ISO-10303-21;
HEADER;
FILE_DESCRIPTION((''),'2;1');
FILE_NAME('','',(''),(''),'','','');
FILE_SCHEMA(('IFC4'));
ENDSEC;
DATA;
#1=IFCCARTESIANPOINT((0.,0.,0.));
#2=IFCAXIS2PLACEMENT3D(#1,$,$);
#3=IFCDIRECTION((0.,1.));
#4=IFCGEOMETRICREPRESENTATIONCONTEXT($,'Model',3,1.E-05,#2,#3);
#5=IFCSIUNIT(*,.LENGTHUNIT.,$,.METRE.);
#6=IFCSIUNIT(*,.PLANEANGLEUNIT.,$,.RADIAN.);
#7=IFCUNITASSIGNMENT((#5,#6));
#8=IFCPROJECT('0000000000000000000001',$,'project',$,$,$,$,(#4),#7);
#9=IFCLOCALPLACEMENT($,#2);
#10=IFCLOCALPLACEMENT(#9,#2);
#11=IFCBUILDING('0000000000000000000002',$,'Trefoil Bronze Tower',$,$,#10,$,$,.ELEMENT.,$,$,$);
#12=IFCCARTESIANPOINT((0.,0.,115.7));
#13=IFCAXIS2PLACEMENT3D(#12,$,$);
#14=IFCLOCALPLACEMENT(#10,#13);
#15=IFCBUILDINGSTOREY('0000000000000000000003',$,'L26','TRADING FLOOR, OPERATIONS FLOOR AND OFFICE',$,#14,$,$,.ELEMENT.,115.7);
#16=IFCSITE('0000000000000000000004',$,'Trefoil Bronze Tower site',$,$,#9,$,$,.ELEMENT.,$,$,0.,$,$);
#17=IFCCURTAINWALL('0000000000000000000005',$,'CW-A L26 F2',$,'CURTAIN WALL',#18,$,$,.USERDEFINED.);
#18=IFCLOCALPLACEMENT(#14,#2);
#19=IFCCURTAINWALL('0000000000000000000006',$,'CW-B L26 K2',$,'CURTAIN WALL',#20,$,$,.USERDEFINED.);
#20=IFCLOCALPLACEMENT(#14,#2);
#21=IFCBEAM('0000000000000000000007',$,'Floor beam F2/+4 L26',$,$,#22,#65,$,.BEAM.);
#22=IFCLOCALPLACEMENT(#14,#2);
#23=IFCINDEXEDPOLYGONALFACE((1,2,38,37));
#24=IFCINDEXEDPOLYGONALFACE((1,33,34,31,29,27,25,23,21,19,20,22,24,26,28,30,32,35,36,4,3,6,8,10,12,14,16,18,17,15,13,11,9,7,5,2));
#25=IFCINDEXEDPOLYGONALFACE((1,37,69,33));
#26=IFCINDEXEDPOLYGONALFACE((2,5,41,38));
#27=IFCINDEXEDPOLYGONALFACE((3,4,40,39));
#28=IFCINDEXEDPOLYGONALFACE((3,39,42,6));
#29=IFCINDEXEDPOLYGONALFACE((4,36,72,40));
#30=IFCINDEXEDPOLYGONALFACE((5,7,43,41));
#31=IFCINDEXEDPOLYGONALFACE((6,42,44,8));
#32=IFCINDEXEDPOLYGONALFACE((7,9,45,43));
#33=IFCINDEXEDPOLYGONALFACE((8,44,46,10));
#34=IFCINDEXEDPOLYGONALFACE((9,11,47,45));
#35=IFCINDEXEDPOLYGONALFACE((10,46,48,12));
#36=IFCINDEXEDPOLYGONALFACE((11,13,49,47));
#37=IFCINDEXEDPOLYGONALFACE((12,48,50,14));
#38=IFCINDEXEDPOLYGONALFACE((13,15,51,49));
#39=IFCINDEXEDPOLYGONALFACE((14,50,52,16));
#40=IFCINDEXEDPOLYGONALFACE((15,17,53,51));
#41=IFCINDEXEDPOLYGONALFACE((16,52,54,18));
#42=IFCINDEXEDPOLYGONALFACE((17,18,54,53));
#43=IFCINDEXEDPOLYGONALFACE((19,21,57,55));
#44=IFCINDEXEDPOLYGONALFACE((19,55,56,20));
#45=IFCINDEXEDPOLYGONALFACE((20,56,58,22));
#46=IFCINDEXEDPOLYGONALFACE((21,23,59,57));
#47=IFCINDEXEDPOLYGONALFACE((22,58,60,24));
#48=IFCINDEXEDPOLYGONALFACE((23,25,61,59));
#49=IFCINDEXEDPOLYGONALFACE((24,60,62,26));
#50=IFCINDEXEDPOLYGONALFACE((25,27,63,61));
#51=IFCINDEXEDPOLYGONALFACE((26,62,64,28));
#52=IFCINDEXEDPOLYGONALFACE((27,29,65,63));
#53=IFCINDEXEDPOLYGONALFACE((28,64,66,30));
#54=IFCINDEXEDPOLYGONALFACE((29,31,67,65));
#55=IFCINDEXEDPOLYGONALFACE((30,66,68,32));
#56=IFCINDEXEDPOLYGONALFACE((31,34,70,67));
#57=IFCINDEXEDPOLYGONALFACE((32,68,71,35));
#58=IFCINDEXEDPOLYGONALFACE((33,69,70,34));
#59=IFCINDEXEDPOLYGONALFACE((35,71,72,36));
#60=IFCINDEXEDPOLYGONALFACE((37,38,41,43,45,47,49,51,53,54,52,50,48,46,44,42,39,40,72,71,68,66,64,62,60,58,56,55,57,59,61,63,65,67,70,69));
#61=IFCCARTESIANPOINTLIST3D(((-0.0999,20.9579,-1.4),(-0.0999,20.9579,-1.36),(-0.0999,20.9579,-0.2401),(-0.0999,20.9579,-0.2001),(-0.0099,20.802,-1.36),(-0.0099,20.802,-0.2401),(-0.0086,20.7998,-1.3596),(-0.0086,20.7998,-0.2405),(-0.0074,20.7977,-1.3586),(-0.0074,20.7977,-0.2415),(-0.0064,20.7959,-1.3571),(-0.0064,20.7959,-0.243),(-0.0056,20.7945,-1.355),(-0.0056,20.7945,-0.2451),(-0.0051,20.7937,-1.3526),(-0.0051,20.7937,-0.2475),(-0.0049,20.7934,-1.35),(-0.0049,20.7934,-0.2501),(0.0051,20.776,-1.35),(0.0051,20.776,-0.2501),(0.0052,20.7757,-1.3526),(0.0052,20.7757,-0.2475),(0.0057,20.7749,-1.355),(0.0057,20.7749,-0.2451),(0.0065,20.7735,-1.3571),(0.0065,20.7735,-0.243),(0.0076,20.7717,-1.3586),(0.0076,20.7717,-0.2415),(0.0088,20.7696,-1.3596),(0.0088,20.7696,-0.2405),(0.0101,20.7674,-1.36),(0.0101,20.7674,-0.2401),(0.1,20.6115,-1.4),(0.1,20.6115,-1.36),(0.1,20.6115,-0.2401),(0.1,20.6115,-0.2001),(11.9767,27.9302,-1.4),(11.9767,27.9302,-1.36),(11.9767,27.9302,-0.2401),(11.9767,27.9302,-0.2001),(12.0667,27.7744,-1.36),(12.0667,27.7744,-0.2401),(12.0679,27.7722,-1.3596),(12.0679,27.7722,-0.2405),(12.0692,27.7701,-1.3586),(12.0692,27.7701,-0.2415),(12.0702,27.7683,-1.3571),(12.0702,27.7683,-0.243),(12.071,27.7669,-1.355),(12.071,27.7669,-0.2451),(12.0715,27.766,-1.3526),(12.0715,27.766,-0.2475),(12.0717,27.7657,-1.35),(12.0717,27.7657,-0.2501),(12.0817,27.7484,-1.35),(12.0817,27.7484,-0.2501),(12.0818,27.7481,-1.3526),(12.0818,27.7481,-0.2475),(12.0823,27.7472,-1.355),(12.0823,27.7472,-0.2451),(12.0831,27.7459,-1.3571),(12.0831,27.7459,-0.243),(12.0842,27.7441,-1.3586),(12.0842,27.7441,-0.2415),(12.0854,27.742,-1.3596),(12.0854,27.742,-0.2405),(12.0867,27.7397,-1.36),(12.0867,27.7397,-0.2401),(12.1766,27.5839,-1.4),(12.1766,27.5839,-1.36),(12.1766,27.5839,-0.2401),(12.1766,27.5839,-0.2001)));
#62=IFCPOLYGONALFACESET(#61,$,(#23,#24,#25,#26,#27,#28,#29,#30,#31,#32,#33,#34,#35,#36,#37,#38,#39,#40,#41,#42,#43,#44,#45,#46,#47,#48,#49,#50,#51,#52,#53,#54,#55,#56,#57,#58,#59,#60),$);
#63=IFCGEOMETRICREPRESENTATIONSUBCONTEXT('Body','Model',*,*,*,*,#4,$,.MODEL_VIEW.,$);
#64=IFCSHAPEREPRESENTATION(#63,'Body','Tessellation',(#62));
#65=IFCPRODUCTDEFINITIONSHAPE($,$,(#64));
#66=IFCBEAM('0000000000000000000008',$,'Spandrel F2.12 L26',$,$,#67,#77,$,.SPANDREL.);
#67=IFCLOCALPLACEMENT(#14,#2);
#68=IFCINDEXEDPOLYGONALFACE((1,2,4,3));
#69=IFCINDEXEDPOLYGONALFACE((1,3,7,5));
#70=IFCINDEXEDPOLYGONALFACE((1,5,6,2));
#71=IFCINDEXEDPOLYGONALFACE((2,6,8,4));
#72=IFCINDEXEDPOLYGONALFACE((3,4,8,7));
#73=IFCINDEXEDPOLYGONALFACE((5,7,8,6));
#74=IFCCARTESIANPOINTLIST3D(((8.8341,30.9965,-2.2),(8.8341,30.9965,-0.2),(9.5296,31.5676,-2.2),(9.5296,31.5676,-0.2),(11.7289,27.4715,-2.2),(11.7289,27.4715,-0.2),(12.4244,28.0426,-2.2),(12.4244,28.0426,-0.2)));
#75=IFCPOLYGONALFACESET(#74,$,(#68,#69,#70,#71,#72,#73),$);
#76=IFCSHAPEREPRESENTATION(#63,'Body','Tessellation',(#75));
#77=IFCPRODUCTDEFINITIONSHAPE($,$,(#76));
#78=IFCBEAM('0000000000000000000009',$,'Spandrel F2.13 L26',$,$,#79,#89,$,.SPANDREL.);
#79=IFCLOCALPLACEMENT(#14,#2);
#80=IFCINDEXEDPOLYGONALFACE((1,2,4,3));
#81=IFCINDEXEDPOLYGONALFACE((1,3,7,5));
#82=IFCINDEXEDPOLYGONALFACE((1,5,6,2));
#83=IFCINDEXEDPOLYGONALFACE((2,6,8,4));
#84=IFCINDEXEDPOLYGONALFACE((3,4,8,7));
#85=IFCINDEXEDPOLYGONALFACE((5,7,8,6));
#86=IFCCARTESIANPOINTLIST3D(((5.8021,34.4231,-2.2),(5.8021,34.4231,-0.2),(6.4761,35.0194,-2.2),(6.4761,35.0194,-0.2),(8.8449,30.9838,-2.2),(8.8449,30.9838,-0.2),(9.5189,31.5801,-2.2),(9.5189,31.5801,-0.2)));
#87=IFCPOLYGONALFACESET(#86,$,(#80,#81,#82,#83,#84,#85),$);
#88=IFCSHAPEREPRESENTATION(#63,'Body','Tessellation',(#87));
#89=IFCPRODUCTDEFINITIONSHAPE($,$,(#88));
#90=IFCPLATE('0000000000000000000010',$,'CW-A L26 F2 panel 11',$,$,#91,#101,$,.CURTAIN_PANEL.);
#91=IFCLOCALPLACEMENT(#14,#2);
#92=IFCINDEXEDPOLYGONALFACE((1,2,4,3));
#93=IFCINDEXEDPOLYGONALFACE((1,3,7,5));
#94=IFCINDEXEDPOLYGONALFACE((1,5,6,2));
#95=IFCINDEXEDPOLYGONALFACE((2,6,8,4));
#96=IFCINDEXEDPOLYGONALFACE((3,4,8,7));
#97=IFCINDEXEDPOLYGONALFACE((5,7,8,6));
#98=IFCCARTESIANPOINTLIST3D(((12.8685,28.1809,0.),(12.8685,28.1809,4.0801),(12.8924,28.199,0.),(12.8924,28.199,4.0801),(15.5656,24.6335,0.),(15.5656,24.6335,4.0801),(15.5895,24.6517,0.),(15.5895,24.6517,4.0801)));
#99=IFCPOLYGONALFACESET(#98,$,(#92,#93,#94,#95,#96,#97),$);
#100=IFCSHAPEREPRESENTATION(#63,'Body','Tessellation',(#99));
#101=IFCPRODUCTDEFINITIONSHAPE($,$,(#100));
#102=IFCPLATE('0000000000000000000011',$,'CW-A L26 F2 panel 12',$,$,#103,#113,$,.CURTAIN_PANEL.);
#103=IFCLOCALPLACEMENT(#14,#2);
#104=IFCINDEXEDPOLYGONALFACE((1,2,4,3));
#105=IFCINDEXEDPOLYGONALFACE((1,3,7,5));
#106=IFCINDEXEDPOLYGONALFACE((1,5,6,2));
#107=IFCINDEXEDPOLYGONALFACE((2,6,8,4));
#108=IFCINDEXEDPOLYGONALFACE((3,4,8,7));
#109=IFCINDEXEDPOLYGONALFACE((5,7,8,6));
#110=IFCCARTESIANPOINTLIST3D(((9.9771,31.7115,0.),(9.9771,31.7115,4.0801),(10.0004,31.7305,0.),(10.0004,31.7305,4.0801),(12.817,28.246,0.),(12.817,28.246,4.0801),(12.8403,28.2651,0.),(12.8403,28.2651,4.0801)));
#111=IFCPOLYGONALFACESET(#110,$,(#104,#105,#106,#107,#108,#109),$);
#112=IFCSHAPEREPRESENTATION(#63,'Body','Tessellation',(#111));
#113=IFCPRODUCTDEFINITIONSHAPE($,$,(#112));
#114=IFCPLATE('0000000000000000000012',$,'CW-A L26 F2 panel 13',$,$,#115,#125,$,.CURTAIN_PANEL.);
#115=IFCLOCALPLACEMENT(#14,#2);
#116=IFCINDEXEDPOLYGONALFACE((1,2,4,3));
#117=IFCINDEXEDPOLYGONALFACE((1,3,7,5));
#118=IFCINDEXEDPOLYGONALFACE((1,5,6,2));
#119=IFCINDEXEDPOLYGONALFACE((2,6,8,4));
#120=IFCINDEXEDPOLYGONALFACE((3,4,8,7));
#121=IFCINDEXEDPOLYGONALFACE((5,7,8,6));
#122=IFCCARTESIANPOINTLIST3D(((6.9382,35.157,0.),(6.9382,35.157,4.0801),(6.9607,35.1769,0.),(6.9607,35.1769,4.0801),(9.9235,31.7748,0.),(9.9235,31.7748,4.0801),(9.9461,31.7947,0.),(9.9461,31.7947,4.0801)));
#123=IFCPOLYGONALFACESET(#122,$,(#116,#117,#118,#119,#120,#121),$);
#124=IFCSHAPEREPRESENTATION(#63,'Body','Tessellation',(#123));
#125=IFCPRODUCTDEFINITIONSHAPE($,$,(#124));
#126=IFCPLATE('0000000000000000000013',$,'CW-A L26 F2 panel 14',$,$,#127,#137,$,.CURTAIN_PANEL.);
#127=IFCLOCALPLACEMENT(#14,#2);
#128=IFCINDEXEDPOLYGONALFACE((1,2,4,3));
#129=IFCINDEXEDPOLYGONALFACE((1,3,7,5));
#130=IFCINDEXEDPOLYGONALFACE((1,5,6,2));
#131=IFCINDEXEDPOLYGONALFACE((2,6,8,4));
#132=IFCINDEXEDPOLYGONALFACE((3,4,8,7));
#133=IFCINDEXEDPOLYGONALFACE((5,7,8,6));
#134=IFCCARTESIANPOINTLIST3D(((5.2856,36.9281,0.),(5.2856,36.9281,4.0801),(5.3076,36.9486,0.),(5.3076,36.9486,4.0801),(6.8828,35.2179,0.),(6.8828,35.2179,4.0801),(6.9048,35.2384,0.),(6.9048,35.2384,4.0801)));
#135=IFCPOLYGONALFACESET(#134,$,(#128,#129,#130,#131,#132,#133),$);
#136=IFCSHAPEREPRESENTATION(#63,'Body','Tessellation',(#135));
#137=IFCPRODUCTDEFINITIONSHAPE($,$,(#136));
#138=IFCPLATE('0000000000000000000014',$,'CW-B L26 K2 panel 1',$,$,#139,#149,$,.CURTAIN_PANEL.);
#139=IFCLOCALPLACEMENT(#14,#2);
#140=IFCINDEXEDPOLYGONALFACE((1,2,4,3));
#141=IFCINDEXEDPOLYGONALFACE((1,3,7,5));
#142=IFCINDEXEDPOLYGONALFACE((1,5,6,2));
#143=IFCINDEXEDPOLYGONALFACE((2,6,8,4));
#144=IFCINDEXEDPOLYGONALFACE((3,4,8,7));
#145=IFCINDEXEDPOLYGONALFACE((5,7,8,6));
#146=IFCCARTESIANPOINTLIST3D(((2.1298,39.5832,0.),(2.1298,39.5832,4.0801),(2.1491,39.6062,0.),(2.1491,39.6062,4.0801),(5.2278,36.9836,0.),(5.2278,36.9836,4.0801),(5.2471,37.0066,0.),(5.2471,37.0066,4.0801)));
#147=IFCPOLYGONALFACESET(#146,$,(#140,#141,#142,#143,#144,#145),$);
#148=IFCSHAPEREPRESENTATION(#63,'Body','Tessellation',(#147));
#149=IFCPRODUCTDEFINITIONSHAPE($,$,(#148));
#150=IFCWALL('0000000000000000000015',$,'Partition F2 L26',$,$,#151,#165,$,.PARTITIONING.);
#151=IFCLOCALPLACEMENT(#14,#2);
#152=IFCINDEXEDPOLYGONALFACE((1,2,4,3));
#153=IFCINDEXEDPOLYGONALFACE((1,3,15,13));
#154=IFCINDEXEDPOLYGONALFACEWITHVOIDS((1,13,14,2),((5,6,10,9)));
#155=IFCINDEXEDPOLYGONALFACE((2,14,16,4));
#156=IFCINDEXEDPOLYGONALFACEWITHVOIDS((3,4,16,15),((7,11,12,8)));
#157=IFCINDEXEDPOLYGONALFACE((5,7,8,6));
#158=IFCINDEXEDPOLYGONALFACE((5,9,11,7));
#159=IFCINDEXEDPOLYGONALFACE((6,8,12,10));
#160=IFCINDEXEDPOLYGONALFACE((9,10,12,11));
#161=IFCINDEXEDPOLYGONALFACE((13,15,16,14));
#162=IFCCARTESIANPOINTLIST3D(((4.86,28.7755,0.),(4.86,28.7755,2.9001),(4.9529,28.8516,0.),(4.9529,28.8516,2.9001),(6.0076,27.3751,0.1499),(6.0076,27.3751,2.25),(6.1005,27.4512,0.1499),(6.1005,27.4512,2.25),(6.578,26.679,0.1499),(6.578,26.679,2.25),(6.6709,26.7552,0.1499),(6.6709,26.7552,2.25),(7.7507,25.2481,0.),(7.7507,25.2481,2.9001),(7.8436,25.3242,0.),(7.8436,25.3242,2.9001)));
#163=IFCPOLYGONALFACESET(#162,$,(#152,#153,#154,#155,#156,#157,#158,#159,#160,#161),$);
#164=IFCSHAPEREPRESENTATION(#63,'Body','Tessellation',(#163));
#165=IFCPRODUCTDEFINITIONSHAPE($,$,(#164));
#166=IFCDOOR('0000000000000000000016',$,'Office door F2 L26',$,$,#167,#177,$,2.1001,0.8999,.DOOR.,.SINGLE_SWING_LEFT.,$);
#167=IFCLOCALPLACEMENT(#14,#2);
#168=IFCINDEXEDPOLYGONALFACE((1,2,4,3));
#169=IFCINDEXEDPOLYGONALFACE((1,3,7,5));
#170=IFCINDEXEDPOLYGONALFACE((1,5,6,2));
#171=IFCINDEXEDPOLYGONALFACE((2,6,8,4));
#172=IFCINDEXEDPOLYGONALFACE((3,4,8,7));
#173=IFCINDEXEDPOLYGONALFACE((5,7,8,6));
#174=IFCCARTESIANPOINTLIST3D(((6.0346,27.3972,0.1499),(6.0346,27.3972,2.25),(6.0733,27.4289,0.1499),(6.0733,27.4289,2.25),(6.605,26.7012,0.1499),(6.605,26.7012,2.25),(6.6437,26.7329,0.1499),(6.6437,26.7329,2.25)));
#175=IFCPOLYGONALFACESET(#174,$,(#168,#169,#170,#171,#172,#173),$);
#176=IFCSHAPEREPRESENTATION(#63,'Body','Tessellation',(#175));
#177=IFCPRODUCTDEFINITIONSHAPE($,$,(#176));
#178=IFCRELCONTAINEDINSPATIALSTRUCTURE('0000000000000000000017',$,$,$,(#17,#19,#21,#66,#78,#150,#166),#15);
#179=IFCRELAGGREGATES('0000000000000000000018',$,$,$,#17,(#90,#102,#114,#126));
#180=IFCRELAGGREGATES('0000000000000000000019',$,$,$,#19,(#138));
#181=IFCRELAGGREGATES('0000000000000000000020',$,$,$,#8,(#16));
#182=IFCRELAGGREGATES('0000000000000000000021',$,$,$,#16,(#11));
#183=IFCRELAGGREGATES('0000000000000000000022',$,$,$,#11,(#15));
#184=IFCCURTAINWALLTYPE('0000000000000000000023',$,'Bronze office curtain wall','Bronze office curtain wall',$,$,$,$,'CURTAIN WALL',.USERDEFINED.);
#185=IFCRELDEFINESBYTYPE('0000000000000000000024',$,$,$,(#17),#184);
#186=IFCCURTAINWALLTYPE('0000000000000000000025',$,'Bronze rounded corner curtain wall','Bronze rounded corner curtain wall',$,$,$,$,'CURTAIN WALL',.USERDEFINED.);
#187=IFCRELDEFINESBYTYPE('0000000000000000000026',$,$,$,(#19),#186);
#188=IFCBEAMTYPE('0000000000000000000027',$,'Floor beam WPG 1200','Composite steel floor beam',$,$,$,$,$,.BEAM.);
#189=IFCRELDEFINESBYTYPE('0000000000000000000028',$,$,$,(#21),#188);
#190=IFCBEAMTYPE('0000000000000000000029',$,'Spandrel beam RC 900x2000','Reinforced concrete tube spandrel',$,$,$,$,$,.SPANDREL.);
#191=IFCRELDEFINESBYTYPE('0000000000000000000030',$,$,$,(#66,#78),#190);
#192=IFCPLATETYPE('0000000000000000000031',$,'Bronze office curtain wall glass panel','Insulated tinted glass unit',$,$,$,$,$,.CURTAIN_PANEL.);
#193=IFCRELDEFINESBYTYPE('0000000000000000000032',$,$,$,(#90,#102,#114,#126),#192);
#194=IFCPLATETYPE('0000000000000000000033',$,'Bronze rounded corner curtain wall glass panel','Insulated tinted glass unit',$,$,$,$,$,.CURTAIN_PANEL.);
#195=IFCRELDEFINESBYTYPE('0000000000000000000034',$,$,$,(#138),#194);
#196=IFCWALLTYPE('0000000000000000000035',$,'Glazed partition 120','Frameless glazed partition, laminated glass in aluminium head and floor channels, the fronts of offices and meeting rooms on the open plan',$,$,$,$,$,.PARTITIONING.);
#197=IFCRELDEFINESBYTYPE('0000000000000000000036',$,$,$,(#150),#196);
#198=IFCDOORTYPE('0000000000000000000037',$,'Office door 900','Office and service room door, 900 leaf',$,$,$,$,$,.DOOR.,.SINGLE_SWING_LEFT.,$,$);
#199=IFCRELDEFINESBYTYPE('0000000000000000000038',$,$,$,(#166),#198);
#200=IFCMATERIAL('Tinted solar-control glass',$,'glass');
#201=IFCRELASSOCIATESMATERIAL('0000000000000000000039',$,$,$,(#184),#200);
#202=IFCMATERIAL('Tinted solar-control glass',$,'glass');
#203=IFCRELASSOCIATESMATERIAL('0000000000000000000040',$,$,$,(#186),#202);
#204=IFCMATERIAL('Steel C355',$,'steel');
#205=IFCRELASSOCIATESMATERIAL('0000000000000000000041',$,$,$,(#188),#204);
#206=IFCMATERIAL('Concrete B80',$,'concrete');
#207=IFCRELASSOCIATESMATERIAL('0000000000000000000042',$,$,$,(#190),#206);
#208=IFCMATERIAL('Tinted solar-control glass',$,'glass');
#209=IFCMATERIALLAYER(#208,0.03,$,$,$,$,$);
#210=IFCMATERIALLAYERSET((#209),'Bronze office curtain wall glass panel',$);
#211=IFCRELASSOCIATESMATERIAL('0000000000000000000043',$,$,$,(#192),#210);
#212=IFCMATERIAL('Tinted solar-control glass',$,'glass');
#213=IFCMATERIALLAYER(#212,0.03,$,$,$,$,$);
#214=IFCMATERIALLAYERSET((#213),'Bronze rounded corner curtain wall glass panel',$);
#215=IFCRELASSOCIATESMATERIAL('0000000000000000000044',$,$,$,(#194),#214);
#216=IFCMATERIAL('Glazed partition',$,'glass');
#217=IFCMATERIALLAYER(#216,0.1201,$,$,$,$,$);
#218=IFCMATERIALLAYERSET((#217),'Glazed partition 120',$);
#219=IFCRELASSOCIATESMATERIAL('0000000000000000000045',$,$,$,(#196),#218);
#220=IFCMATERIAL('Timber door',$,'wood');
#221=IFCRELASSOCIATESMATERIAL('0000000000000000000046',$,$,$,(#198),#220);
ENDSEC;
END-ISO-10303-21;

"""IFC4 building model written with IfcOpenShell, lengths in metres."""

from ifc_helpers import new_model, si_unit, direction, frame, frame_2d, origin, origin_2d, place, context, subcontext, project, spatial, rectangle, i_section, extrude, material, layer, layer_set, material_profile, profile_set, type_object, element, fill, aggregate, save


model = new_model("IFC4")

# Units and contexts
model_context = context("Model", 3, precision=1e-05, world=origin(), true_north=direction((0.0, 1.0)))
body_context = subcontext(model_context, "Body", "Model", "MODEL_VIEW")
ifc_project = project(units=[si_unit("LENGTHUNIT", "METRE"), si_unit("PLANEANGLEUNIT", "RADIAN")], contexts=[model_context])

# Site, building, storey
site_placement = place(None, origin())
site = spatial("IfcSite", under=ifc_project, at=site_placement, Name="Trefoil Bronze Tower site", CompositionType="ELEMENT", RefElevation=0.0)
building_placement = place(site_placement, origin())
building = spatial("IfcBuilding", under=site, at=building_placement, Name="Trefoil Bronze Tower", CompositionType="ELEMENT")
storey_placement = place(building_placement, frame((0.0, 0.0, 115.7)))
storey = spatial("IfcBuildingStorey", under=building, at=storey_placement, Name="L26", Description="TRADING FLOOR, OPERATIONS FLOOR AND OFFICE", CompositionType="ELEMENT", Elevation=115.7)

# Curtain walls
ifc_material_1 = material(Name="Tinted solar-control glass", Category="glass")
curtain_wall_type_1 = type_object("IfcCurtainWallType", Name="Bronze office curtain wall", Description="Bronze office curtain wall", ElementType="CURTAIN WALL", PredefinedType="USERDEFINED", material=ifc_material_1)
curtain_wall_1_placement = place(storey_placement, origin())
curtain_wall_1 = element("IfcCurtainWall", 1, at=curtain_wall_1_placement, inside=storey, type_object=curtain_wall_type_1, Name="CW-A L26 F2", ObjectType="CURTAIN WALL", PredefinedType="USERDEFINED")
ifc_material_2 = material(Name="Tinted solar-control glass", Category="glass")
curtain_wall_type_2 = type_object("IfcCurtainWallType", Name="Bronze rounded corner curtain wall", Description="Bronze rounded corner curtain wall", ElementType="CURTAIN WALL", PredefinedType="USERDEFINED", material=ifc_material_2)
curtain_wall_2_placement = place(storey_placement, origin())
curtain_wall_2 = element("IfcCurtainWall", 2, at=curtain_wall_2_placement, inside=storey, type_object=curtain_wall_type_2, Name="CW-B L26 K2", ObjectType="CURTAIN WALL", PredefinedType="USERDEFINED")

# Beams
ifc_material_3 = material(Name="Steel C355", Category="steel")
ifc_material_profile_1 = material_profile(ifc_material_3, i_section(OverallWidth=0.3999, OverallDepth=1.2, WebThickness=0.02, FlangeThickness=0.04, FilletRadius=0.01, at=origin_2d()), Name="WPG 1200")
ifc_profile_set_1 = profile_set([ifc_material_profile_1], Name="Steel C355")
beam_type_1 = type_object("IfcBeamType", Name="Floor beam WPG 1200", Description="Composite steel floor beam", PredefinedType="BEAM", material=ifc_profile_set_1)
beam_1_placement = place(storey_placement, frame((12.0767, 27.7571, -0.8), z_axis=(-0.866027, -0.499997, 0.0), x_axis=(0.499997, -0.866027, 0.0)))
element("IfcBeam", 3, at=beam_1_placement, inside=storey, type_object=beam_type_1, Name="Floor beam F2/+4 L26", PredefinedType="BEAM", context=body_context, shape_type="SweptSolid", body=[
    extrude(i_section(OverallWidth=0.3999, OverallDepth=1.2, WebThickness=0.02, FlangeThickness=0.04, FilletRadius=0.01, at=origin_2d()), origin(), (0.0, 0.0, 1.0), 13.9448),
])
ifc_material_4 = material(Name="Concrete B80", Category="concrete")
ifc_material_profile_2 = material_profile(ifc_material_4, rectangle(XDim=0.8999, YDim=2.0, at=origin_2d()), Name="RC 900x2000")
ifc_profile_set_2 = profile_set([ifc_material_profile_2], Name="Concrete B80")
beam_type_2 = type_object("IfcBeamType", Name="Spandrel beam RC 900x2000", Description="Reinforced concrete tube spandrel", PredefinedType="SPANDREL", material=ifc_profile_set_2)
beam_2_placement = place(storey_placement, frame((12.0767, 27.7571, -1.2), z_axis=(-0.63465, 0.772799, 0.0), x_axis=(-0.772799, -0.63465, 0.0)))
element("IfcBeam", 4, at=beam_2_placement, inside=storey, type_object=beam_type_2, Name="Spandrel F2.12 L26", PredefinedType="SPANDREL", context=body_context, shape_type="SweptSolid", body=[
    extrude(rectangle(XDim=0.8999, YDim=2.0, at=origin_2d()), origin(), (0.0, 0.0, 1.0), 4.5613),
])
beam_3_placement = place(storey_placement, frame((9.1819, 31.282, -1.2), z_axis=(-0.662616, 0.748959, 0.0), x_axis=(-0.748959, -0.662616, 0.0)))
element("IfcBeam", 5, at=beam_3_placement, inside=storey, type_object=beam_type_2, Name="Spandrel F2.13 L26", PredefinedType="SPANDREL", context=body_context, shape_type="SweptSolid", body=[
    extrude(rectangle(XDim=0.8999, YDim=2.0, at=origin_2d()), origin(), (0.0, 0.0, 1.0), 4.592),
])

# Plates
ifc_material_5 = material(Name="Tinted solar-control glass", Category="glass")
ifc_layer_1 = layer(ifc_material_5, 0.03)
ifc_layer_set_1 = layer_set([ifc_layer_1], Name="Bronze office curtain wall glass panel")
plate_type_1 = type_object("IfcPlateType", Name="Bronze office curtain wall glass panel", Description="Insulated tinted glass unit", PredefinedType="CURTAIN_PANEL", material=ifc_layer_set_1)
plate_1_placement = place(storey_placement, frame((14.229, 26.4163, 0.0), z_axis=(0.0, 0.0, 1.0), x_axis=(-0.605252, 0.796034, 0.0)))
plate_1 = element("IfcPlate", 6, at=plate_1_placement, type_object=plate_type_1, Name="CW-A L26 F2 panel 11", PredefinedType="CURTAIN_PANEL", context=body_context, shape_type="SweptSolid", body=[
    extrude(rectangle(XDim=4.4563, YDim=0.03, at=origin_2d()), origin(), (0.0, 0.0, 1.0), 4.0801),
])
plate_2_placement = place(storey_placement, frame((11.4087, 29.9883, 0.0), z_axis=(0.0, 0.0, 1.0), x_axis=(-0.63384, 0.773464, 0.0)))
plate_2 = element("IfcPlate", 7, at=plate_2_placement, type_object=plate_type_1, Name="CW-A L26 F2 panel 12", PredefinedType="CURTAIN_PANEL", context=body_context, shape_type="SweptSolid", body=[
    extrude(rectangle(XDim=4.4805, YDim=0.03, at=origin_2d()), origin(), (0.0, 0.0, 1.0), 4.0801),
])
plate_3_placement = place(storey_placement, frame((8.4421, 33.4758, 0.0), z_axis=(0.0, 0.0, 1.0), x_axis=(-0.661751, 0.749723, 0.0)))
plate_3 = element("IfcPlate", 8, at=plate_3_placement, type_object=plate_type_1, Name="CW-A L26 F2 panel 13", PredefinedType="CURTAIN_PANEL", context=body_context, shape_type="SweptSolid", body=[
    extrude(rectangle(XDim=4.5112, YDim=0.03, at=origin_2d()), origin(), (0.0, 0.0, 1.0), 4.0801),
])
plate_4_placement = place(storey_placement, frame((6.0952, 36.0833, 0.0), z_axis=(0.0, 0.0, 1.0), x_axis=(-0.682536, 0.730852, 0.0)))
plate_4 = element("IfcPlate", 9, at=plate_4_placement, type_object=plate_type_1, Name="CW-A L26 F2 panel 14", PredefinedType="CURTAIN_PANEL", context=body_context, shape_type="SweptSolid", body=[
    extrude(rectangle(XDim=2.3401, YDim=0.03, at=origin_2d()), origin(), (0.0, 0.0, 1.0), 4.0801),
])
aggregate(curtain_wall_1, [plate_1, plate_2, plate_3, plate_4])
ifc_material_6 = material(Name="Tinted solar-control glass", Category="glass")
ifc_layer_2 = layer(ifc_material_6, 0.03)
ifc_layer_set_2 = layer_set([ifc_layer_2], Name="Bronze rounded corner curtain wall glass panel")
plate_type_2 = type_object("IfcPlateType", Name="Bronze rounded corner curtain wall glass panel", Description="Insulated tinted glass unit", PredefinedType="CURTAIN_PANEL", material=ifc_layer_set_2)
plate_5_placement = place(storey_placement, frame((3.6885, 38.2949, 0.0), z_axis=(0.0, 0.0, 1.0), x_axis=(-0.766044, 0.642788, 0.0)))
plate_5 = element("IfcPlate", 10, at=plate_5_placement, type_object=plate_type_2, Name="CW-B L26 K2 panel 1", PredefinedType="CURTAIN_PANEL", context=body_context, shape_type="SweptSolid", body=[
    extrude(rectangle(XDim=4.0442, YDim=0.03, at=origin_2d()), origin(), (0.0, 0.0, 1.0), 4.0801),
])
aggregate(curtain_wall_2, [plate_5])

# Wall, opening, door
ifc_material_7 = material(Name="Glazed partition", Category="glass")
ifc_layer_3 = layer(ifc_material_7, 0.1201)
ifc_layer_set_3 = layer_set([ifc_layer_3], Name="Glazed partition 120")
wall_type_1 = type_object("IfcWallType", Name="Glazed partition 120", Description="Frameless glazed partition, laminated glass in aluminium head and floor channels, the fronts of offices and meeting rooms on the open plan", PredefinedType="PARTITIONING", material=ifc_layer_set_3)
wall_1_placement = place(storey_placement, frame((7.7971, 25.2861, 0.0), z_axis=(0.0, 0.0, 1.0), x_axis=(-0.633844, 0.773461, 0.0)))
wall_1 = element("IfcWall", 11, at=wall_1_placement, inside=storey, type_object=wall_type_1, Name="Partition F2 L26", PredefinedType="PARTITIONING", context=body_context, shape_type="SweptSolid", body=[
    extrude(rectangle(XDim=4.5605, YDim=0.1201, at=frame_2d((2.2803, 0.0))), origin(), (0.0, 0.0, 1.0), 2.9001),
])
opening_placement = place(wall_1_placement, frame((1.8501, 0.0, 0.1499)))
opening = element("IfcOpeningElement", 12, at=opening_placement, cuts=wall_1, PredefinedType="OPENING", context=body_context, shape_type="SweptSolid", body=[
    extrude(rectangle(XDim=0.8999, YDim=2.1001, at=frame_2d((0.45, 1.05))), frame((0.0, 0.0701, 0.0), z_axis=(0.0, -1.0, 0.0), x_axis=(1.0, 0.0, 0.0)), (0.0, 0.0, 1.0), 0.1401),
])
ifc_material_8 = material(Name="Timber door", Category="wood")
door_type = type_object("IfcDoorType", Name="Office door 900", Description="Office and service room door, 900 leaf", OperationType="SINGLE_SWING_LEFT", PredefinedType="DOOR", material=ifc_material_8)
door_placement = place(opening_placement, frame((0.8999, 0.0, 0.0), z_axis=(0.0, 0.0, 1.0), x_axis=(-1.0, 0.0, 0.0)))
door = element("IfcDoor", 13, at=door_placement, inside=storey, type_object=door_type, Name="Office door F2 L26", OperationType="SINGLE_SWING_LEFT", OverallHeight=2.1001, OverallWidth=0.8999, PredefinedType="DOOR", context=body_context, shape_type="SweptSolid", body=[
    extrude(rectangle(XDim=0.8999, YDim=2.1001, at=frame_2d((0.45, 1.05))), frame((0.0, 0.0249, 0.0), z_axis=(0.0, -1.0, 0.0), x_axis=(1.0, 0.0, 0.0)), (0.0, 0.0, 1.0), 0.05),
])
fill(opening, door)

save(model, "model.ifc")
